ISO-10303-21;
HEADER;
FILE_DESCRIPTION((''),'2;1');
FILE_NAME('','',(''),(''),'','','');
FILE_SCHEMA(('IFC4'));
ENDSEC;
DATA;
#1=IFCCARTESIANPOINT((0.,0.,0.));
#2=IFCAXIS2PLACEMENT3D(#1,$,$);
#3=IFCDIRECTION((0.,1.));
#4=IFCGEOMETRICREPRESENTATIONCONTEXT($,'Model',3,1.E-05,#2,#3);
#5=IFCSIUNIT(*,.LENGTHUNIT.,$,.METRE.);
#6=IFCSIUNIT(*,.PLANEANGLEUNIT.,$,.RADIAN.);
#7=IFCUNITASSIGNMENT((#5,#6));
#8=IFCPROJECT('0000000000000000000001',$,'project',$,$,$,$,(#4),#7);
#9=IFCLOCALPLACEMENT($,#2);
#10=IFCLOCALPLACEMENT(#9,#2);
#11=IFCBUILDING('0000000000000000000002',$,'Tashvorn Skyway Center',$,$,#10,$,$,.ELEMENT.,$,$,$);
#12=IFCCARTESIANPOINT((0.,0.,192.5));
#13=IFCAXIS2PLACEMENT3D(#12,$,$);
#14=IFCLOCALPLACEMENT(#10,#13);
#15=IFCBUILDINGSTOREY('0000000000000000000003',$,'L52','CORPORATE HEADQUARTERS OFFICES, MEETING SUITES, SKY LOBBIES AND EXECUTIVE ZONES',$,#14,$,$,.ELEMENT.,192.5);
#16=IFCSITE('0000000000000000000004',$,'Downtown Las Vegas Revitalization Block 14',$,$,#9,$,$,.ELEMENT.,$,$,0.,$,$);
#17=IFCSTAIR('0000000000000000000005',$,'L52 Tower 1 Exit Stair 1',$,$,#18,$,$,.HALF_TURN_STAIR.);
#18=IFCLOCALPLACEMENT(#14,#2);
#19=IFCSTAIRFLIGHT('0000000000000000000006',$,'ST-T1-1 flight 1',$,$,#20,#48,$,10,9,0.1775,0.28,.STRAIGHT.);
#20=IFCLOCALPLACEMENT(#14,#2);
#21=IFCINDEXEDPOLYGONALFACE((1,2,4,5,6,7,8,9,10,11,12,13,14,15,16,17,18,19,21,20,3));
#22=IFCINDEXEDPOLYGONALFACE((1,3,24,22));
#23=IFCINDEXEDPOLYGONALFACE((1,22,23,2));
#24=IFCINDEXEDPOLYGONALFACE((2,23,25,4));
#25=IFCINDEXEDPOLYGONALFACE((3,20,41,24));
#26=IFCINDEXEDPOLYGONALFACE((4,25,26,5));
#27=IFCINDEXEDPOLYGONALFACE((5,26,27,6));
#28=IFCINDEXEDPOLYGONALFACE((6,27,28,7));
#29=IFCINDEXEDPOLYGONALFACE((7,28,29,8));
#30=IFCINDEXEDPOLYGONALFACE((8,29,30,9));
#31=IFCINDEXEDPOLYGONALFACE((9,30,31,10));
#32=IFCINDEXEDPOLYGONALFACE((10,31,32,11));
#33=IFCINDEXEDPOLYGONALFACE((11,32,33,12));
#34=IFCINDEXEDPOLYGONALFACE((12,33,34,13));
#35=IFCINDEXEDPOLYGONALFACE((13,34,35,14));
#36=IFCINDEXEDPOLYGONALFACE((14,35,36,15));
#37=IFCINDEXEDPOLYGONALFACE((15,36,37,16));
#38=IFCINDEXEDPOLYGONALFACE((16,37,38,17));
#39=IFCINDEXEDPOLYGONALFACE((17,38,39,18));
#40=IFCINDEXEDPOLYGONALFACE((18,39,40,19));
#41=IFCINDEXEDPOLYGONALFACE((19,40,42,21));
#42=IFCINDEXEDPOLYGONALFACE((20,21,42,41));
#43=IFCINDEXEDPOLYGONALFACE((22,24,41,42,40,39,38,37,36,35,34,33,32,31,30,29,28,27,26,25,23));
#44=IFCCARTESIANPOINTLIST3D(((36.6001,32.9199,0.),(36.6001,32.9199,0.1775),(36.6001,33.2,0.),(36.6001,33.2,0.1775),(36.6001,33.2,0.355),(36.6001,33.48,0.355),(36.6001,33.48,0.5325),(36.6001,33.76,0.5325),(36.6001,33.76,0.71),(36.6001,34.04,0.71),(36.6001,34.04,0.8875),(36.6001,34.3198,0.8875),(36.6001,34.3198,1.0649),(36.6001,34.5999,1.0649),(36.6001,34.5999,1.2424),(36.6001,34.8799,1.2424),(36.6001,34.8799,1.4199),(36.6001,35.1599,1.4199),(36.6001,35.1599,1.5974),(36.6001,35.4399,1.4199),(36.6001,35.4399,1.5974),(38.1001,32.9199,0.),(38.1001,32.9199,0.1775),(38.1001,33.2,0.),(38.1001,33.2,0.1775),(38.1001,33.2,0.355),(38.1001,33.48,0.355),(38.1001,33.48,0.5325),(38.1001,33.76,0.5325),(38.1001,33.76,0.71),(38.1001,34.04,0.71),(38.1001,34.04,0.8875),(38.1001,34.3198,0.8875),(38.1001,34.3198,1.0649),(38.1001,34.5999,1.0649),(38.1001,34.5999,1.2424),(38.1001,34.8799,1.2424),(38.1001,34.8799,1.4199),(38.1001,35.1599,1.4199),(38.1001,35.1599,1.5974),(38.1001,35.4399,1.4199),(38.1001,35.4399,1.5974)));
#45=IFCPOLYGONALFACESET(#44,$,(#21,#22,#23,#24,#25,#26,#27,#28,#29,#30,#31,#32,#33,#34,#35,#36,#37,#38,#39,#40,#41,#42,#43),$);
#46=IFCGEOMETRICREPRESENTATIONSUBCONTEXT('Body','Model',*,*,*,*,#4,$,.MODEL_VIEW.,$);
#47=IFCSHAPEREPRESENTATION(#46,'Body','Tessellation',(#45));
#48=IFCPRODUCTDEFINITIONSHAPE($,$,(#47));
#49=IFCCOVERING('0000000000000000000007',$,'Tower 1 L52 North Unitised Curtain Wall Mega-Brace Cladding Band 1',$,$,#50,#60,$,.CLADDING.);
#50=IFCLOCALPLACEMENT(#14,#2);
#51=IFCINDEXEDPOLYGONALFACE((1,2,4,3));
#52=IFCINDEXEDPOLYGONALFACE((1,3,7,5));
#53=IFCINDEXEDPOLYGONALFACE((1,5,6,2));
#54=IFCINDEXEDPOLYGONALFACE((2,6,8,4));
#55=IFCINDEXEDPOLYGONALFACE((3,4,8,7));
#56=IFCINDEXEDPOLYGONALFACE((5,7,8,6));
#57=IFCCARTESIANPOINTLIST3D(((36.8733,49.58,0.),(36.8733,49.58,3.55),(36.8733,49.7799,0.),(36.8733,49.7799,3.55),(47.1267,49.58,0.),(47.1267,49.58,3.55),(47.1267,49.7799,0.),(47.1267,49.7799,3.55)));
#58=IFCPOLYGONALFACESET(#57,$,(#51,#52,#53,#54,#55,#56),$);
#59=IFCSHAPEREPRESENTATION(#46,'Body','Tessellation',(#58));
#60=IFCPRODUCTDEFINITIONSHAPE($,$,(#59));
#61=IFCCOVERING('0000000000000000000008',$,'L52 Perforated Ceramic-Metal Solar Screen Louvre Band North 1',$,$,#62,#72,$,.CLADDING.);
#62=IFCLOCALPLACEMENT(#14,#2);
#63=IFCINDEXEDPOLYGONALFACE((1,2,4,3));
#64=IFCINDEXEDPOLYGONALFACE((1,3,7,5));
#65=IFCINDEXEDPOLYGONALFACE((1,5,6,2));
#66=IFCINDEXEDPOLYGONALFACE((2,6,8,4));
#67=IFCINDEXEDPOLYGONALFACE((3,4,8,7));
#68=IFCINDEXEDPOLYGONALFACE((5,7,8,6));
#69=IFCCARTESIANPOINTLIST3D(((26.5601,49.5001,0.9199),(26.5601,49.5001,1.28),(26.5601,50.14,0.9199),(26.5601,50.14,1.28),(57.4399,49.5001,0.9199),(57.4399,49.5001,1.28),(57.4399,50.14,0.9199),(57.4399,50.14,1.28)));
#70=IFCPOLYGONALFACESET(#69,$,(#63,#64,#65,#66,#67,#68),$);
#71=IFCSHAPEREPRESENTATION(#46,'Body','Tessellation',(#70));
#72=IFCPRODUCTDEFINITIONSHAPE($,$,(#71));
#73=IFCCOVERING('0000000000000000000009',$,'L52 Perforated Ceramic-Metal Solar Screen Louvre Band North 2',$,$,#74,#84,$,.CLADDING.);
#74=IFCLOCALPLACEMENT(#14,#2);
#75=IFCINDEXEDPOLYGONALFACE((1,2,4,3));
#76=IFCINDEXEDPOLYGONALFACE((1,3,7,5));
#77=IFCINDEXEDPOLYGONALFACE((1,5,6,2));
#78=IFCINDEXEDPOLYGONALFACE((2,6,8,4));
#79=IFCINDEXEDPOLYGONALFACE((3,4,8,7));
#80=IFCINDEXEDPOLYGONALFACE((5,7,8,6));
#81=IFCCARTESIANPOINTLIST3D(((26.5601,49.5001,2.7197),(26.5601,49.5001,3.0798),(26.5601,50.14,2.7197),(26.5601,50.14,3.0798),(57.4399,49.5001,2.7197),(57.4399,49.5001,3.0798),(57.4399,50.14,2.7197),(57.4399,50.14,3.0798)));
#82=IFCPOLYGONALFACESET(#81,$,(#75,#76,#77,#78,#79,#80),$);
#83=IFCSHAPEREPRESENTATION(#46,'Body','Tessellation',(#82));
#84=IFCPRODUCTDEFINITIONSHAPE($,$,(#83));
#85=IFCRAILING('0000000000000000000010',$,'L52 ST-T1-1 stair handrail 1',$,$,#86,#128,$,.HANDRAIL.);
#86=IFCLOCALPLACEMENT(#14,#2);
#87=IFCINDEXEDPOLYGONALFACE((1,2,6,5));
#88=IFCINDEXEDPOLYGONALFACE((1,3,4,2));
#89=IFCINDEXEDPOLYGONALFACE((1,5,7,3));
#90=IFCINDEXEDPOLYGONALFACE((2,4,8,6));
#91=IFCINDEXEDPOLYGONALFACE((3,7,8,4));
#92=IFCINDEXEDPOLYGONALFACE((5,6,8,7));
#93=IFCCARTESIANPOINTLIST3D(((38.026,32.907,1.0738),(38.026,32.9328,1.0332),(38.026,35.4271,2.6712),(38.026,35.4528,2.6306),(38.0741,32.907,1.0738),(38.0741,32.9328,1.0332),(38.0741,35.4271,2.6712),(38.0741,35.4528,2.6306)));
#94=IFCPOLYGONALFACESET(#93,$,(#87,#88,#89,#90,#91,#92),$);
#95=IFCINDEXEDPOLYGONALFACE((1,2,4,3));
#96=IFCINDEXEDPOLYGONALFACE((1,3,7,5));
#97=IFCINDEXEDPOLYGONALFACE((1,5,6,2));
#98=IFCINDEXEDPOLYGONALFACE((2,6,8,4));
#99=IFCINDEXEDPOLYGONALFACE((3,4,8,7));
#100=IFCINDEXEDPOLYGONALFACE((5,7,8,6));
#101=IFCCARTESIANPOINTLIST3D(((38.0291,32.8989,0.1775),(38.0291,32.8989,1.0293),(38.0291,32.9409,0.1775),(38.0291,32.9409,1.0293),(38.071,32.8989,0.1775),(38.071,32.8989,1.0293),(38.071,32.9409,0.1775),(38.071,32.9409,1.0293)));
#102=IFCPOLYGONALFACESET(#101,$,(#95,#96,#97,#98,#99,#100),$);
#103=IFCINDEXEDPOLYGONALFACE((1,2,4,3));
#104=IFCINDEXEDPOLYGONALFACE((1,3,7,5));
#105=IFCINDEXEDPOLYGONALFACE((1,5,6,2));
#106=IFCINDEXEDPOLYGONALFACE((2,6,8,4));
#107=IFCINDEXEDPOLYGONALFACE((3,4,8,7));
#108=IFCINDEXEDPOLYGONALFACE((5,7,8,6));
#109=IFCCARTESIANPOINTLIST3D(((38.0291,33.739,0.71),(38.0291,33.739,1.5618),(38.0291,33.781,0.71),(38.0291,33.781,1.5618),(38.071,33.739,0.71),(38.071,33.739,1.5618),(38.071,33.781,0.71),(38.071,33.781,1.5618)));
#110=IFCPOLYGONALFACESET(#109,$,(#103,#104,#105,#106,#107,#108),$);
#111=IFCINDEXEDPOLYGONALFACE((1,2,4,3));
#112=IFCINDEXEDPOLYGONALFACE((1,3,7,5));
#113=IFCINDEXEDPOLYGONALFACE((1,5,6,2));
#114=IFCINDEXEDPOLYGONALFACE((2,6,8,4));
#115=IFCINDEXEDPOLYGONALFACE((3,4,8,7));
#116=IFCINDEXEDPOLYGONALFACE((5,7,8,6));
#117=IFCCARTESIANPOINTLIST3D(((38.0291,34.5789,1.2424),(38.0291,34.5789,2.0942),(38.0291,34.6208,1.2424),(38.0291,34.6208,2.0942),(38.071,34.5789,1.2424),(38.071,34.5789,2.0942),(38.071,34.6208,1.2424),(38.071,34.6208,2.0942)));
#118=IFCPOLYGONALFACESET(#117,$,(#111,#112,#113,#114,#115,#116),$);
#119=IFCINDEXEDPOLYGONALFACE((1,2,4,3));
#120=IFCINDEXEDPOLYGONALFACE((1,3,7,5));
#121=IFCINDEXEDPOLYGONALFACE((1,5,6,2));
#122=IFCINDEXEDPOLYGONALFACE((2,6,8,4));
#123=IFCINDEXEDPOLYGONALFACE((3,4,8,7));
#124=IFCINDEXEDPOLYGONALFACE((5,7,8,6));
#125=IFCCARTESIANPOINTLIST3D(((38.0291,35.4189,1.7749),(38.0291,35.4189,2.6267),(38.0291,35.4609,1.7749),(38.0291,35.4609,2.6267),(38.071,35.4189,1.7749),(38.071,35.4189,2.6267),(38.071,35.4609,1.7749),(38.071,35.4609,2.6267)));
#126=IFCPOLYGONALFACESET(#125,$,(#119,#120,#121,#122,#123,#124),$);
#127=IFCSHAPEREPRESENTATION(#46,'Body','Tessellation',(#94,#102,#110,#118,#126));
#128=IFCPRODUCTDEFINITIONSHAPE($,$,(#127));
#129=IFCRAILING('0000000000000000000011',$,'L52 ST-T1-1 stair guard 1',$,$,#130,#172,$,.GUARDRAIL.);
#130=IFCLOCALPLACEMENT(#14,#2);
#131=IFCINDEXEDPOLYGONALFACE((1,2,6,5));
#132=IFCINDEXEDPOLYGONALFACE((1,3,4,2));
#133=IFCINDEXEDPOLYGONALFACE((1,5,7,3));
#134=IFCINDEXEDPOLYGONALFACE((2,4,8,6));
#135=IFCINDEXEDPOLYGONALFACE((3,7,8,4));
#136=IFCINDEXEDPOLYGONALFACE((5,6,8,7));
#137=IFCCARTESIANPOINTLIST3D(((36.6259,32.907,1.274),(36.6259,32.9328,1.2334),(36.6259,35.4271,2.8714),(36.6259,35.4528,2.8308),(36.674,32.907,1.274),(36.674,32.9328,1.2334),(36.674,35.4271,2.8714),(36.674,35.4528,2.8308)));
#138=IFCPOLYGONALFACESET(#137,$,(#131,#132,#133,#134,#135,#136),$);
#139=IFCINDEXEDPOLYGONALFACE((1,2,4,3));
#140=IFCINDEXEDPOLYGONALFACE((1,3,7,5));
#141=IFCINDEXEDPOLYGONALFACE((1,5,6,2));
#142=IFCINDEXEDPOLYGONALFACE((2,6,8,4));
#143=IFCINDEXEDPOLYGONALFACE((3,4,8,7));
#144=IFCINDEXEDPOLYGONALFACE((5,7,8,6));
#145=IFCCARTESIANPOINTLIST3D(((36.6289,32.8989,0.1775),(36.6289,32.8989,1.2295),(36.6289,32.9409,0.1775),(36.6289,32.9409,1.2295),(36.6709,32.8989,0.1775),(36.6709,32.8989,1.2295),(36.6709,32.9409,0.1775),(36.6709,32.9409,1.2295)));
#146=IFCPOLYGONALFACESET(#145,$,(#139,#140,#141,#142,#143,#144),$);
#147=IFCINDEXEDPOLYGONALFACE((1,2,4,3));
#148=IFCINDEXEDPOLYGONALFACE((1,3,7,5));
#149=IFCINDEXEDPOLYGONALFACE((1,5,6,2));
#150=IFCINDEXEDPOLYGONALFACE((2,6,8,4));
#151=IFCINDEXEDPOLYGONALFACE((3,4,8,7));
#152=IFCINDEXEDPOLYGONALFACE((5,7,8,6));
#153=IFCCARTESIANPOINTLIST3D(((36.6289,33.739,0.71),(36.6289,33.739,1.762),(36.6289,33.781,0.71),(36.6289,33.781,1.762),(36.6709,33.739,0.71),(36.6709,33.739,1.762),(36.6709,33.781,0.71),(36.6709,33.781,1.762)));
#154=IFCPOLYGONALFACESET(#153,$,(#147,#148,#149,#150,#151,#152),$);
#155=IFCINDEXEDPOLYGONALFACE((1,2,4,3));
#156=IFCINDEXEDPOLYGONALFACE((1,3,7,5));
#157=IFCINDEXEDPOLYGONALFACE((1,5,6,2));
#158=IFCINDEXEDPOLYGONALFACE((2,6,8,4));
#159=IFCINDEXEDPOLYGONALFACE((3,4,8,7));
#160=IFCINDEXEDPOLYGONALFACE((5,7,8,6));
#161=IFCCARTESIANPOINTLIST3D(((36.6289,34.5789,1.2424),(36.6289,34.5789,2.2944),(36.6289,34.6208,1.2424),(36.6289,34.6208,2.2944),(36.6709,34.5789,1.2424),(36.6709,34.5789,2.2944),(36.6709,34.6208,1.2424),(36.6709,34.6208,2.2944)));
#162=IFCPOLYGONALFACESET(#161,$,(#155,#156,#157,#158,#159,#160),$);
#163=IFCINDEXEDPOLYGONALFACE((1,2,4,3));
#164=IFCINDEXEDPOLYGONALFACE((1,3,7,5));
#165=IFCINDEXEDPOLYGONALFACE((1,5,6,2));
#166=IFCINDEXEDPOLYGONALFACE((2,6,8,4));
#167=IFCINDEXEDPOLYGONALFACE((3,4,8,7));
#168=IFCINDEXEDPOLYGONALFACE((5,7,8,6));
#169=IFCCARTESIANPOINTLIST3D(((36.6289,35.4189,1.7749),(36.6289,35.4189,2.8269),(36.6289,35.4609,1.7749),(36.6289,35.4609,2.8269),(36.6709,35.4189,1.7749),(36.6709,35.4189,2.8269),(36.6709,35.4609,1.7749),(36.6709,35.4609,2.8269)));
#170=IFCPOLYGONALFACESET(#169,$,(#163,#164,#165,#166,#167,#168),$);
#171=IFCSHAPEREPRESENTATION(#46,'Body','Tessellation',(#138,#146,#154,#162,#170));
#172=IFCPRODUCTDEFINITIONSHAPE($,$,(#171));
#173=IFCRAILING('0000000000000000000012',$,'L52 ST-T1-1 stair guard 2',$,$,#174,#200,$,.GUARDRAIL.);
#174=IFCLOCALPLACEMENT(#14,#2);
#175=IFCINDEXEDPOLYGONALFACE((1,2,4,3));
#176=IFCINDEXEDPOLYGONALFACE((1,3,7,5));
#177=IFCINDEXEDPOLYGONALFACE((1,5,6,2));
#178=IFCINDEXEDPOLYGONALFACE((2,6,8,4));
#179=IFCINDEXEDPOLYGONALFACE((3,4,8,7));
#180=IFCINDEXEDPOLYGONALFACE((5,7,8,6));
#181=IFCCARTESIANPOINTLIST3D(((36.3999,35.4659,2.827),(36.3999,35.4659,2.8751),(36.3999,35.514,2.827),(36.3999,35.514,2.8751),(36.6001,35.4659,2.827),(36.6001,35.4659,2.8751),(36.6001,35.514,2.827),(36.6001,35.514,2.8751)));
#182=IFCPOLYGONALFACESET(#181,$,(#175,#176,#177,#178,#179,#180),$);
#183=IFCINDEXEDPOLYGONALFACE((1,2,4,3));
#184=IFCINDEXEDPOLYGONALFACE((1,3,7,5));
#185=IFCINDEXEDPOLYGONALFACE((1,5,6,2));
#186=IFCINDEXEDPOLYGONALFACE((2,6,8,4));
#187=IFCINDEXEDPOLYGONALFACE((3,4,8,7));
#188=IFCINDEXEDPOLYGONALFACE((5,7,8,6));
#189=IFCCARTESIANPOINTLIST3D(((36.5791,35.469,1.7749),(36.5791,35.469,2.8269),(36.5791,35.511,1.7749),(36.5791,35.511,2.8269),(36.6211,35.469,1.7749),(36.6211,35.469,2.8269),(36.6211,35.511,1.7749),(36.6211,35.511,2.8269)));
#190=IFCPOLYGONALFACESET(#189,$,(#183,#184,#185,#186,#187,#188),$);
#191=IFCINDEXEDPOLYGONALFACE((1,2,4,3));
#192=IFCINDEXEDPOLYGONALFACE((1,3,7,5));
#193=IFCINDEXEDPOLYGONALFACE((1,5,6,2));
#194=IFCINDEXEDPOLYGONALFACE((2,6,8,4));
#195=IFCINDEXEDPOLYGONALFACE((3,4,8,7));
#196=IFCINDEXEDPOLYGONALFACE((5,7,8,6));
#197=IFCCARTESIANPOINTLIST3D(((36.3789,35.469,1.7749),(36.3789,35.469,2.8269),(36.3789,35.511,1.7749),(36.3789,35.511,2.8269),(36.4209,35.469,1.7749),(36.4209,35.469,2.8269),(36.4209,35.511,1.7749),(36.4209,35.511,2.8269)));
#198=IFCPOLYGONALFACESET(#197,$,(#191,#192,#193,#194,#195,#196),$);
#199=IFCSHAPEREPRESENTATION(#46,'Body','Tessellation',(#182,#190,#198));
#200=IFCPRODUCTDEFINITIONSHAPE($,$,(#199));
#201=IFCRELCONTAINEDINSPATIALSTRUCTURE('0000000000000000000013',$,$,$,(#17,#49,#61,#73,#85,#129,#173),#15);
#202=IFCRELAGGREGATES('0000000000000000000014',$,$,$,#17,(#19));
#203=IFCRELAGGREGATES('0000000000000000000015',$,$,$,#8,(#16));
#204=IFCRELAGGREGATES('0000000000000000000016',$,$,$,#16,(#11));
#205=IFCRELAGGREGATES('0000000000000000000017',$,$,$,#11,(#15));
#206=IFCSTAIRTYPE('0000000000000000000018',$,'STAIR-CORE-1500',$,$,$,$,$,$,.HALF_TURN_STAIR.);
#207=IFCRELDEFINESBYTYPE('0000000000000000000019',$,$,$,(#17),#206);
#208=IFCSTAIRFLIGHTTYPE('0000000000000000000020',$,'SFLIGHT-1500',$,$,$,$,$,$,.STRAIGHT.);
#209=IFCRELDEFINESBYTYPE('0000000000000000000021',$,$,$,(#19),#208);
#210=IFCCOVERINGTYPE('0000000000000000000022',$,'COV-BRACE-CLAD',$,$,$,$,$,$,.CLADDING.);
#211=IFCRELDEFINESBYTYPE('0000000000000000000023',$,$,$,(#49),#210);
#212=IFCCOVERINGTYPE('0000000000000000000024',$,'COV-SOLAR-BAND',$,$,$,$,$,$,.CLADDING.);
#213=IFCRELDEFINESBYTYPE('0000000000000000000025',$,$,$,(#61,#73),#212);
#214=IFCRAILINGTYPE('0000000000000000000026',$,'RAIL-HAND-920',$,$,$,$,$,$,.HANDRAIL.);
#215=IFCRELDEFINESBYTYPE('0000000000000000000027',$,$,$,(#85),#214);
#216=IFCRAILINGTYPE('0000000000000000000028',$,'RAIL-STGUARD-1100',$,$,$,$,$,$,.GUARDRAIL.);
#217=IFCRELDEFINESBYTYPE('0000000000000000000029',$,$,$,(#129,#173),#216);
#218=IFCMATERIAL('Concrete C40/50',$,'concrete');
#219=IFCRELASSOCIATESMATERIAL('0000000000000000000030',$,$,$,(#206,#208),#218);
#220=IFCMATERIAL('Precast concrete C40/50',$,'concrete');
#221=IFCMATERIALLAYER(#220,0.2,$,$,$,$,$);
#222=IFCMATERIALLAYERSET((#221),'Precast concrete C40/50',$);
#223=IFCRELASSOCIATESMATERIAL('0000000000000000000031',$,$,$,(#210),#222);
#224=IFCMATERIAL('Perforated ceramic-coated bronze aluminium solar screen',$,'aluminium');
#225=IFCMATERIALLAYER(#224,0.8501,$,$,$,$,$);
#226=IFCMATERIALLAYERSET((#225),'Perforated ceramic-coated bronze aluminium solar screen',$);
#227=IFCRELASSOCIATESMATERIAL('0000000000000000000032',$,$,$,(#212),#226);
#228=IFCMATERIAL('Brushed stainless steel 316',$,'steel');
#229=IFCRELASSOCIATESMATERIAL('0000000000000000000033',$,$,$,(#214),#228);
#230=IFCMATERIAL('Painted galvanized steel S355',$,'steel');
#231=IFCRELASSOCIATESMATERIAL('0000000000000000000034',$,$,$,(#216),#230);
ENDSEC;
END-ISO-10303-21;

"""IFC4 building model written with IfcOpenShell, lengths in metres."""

from ifc_helpers import new_model, si_unit, direction, frame, origin, origin_2d, place, context, subcontext, project, spatial, polyline, rectangle, outline, extrude, material, layer, layer_set, type_object, element, aggregate, save


model = new_model("IFC4")

# Units and contexts
model_context = context("Model", 3, precision=1e-05, world=origin(), true_north=direction((0.0, 1.0)))
body_context = subcontext(model_context, "Body", "Model", "MODEL_VIEW")
ifc_project = project(units=[si_unit("LENGTHUNIT", "METRE"), si_unit("PLANEANGLEUNIT", "RADIAN")], contexts=[model_context])

# Site, building, storey
site_placement = place(None, origin())
site = spatial("IfcSite", under=ifc_project, at=site_placement, Name="Downtown Las Vegas Revitalization Block 14", CompositionType="ELEMENT", RefElevation=0.0)
building_placement = place(site_placement, origin())
building = spatial("IfcBuilding", under=site, at=building_placement, Name="Tashvorn Skyway Center", CompositionType="ELEMENT")
storey_placement = place(building_placement, frame((0.0, 0.0, 192.5)))
storey = spatial("IfcBuildingStorey", under=building, at=storey_placement, Name="L52", Description="CORPORATE HEADQUARTERS OFFICES, MEETING SUITES, SKY LOBBIES AND EXECUTIVE ZONES", CompositionType="ELEMENT", Elevation=192.5)

# Shared definitions
ifc_material_1 = material(Name="Concrete C40/50", Category="concrete")

# Stair, stair flight
stair_type = type_object("IfcStairType", Name="STAIR-CORE-1500", PredefinedType="HALF_TURN_STAIR", material=ifc_material_1)
stair_placement = place(storey_placement, origin())
stair = element("IfcStair", 1, at=stair_placement, inside=storey, type_object=stair_type, Name="L52 Tower 1 Exit Stair 1", PredefinedType="HALF_TURN_STAIR")
stair_flight_type = type_object("IfcStairFlightType", Name="SFLIGHT-1500", PredefinedType="STRAIGHT", material=ifc_material_1)
stair_flight_placement = place(storey_placement, frame((37.3501, 32.9199, 0.0), z_axis=(0.0, 0.0, 1.0), x_axis=(0.0, 1.0, 0.0)))
stair_flight = element("IfcStairFlight", 2, at=stair_flight_placement, type_object=stair_flight_type, Name="ST-T1-1 flight 1", NumberOfRisers=10, NumberOfTreads=9, PredefinedType="STRAIGHT", RiserHeight=0.1775, TreadLength=0.28, context=body_context, shape_type="SweptSolid", body=[
    extrude(outline(polyline([(0.0, 0.0), (0.0, 0.1775), (0.28, 0.1775), (0.28, 0.355), (0.5601, 0.355), (0.5601, 0.5325), (0.8401, 0.5325), (0.8401, 0.71), (1.1201, 0.71), (1.1201, 0.8875), (1.3999, 0.8875), (1.3999, 1.0649), (1.6799, 1.0649), (1.6799, 1.2424), (1.96, 1.2424), (1.96, 1.4199), (2.24, 1.4199), (2.24, 1.5974), (2.52, 1.5974), (2.52, 1.7749), (2.52, 1.4199), (0.28, 0.0), (0.0, 0.0)])), frame((0.0, 0.75, 0.0), z_axis=(0.0, -1.0, 0.0), x_axis=(1.0, 0.0, 0.0)), (0.0, 0.0, 1.0), 1.5),
])
aggregate(stair, [stair_flight])

# Coverings
ifc_material_2 = material(Name="Precast concrete C40/50", Category="concrete")
ifc_layer_1 = layer(ifc_material_2, 0.2)
ifc_layer_set_1 = layer_set([ifc_layer_1], Name="Precast concrete C40/50")
covering_type_1 = type_object("IfcCoveringType", Name="COV-BRACE-CLAD", PredefinedType="CLADDING", material=ifc_layer_set_1)
covering_placement = place(storey_placement, frame((42.0, 49.6799, 0.0), z_axis=(0.0, 0.0, 1.0), x_axis=(1.0, 0.0, 0.0)))
element("IfcCovering", 3, at=covering_placement, inside=storey, type_object=covering_type_1, Name="Tower 1 L52 North Unitised Curtain Wall Mega-Brace Cladding Band 1", PredefinedType="CLADDING", context=body_context, shape_type="SweptSolid", body=[
    extrude(rectangle(XDim=10.2534, YDim=0.2, at=origin_2d()), origin(), (0.0, 0.0, 1.0), 3.55),
])
ifc_material_3 = material(Name="Perforated ceramic-coated bronze aluminium solar screen", Category="aluminium")
ifc_layer_2 = layer(ifc_material_3, 0.8501)
ifc_layer_set_2 = layer_set([ifc_layer_2], Name="Perforated ceramic-coated bronze aluminium solar screen")
covering_type_2 = type_object("IfcCoveringType", Name="COV-SOLAR-BAND", PredefinedType="CLADDING", material=ifc_layer_set_2)
for number, where, z_axis, x_axis, name in (
    (4, (42.0, 49.8201, 0.9199), (0.0, 0.0, 1.0), (1.0, 0.0, 0.0), "L52 Perforated Ceramic-Metal Solar Screen Louvre Band North 1"),
    (5, (42.0, 49.8201, 2.7197), (0.0, 0.0, 1.0), (1.0, 0.0, 0.0), "L52 Perforated Ceramic-Metal Solar Screen Louvre Band North 2"),
):
    element("IfcCovering", number, at=place(storey_placement, frame(where, z_axis=z_axis, x_axis=x_axis)), inside=storey, type_object=covering_type_2, Name=name, PredefinedType="CLADDING", context=body_context, shape_type="SweptSolid", body=[
        extrude(rectangle(XDim=30.8799, YDim=0.6399, at=origin_2d()), origin(), (0.0, 0.0, 1.0), 0.3601),
    ])

# Railings
ifc_material_4 = material(Name="Brushed stainless steel 316", Category="steel")
railing_type_1 = type_object("IfcRailingType", Name="RAIL-HAND-920", PredefinedType="HANDRAIL", material=ifc_material_4)
railing_1_placement = place(storey_placement, frame((38.05, 32.9199, 0.1775)))
element("IfcRailing", 6, at=railing_1_placement, inside=storey, type_object=railing_type_1, Name="L52 ST-T1-1 stair handrail 1", PredefinedType="HANDRAIL", context=body_context, shape_type="SweptSolid", body=[
    extrude(rectangle(XDim=0.0481, YDim=0.0481, at=origin_2d()), frame((0.0, 0.0, 0.876), z_axis=(0.0, 0.844607, 0.535387), x_axis=(-1.0, 0.0, 0.0)), (0.0, 0.0, 1.0), 2.9836),
    extrude(rectangle(XDim=0.042, YDim=0.042, at=origin_2d()), origin(), (0.0, 0.0, 1.0), 0.8518),
    extrude(rectangle(XDim=0.042, YDim=0.042, at=origin_2d()), frame((0.0, 0.8401, 0.5325)), (0.0, 0.0, 1.0), 0.8518),
    extrude(rectangle(XDim=0.042, YDim=0.042, at=origin_2d()), frame((0.0, 1.6799, 1.0649)), (0.0, 0.0, 1.0), 0.8518),
    extrude(rectangle(XDim=0.042, YDim=0.042, at=origin_2d()), frame((0.0, 2.52, 1.5974)), (0.0, 0.0, 1.0), 0.8518),
])
ifc_material_5 = material(Name="Painted galvanized steel S355", Category="steel")
railing_type_2 = type_object("IfcRailingType", Name="RAIL-STGUARD-1100", PredefinedType="GUARDRAIL", material=ifc_material_5)
railing_2_placement = place(storey_placement, frame((36.6499, 32.9199, 0.1775)))
element("IfcRailing", 7, at=railing_2_placement, inside=storey, type_object=railing_type_2, Name="L52 ST-T1-1 stair guard 1", PredefinedType="GUARDRAIL", context=body_context, shape_type="SweptSolid", body=[
    extrude(rectangle(XDim=0.0481, YDim=0.0481, at=origin_2d()), frame((0.0, 0.0, 1.0762), z_axis=(0.0, 0.844607, 0.535387), x_axis=(-1.0, 0.0, 0.0)), (0.0, 0.0, 1.0), 2.9836),
    extrude(rectangle(XDim=0.042, YDim=0.042, at=origin_2d()), origin(), (0.0, 0.0, 1.0), 1.052),
    extrude(rectangle(XDim=0.042, YDim=0.042, at=origin_2d()), frame((0.0, 0.8401, 0.5325)), (0.0, 0.0, 1.0), 1.052),
    extrude(rectangle(XDim=0.042, YDim=0.042, at=origin_2d()), frame((0.0, 1.6799, 1.0649)), (0.0, 0.0, 1.0), 1.052),
    extrude(rectangle(XDim=0.042, YDim=0.042, at=origin_2d()), frame((0.0, 2.52, 1.5974)), (0.0, 0.0, 1.0), 1.052),
])
for number, where, name in (
    (8, (36.6001, 35.49, 1.7749), "L52 ST-T1-1 stair guard 2"),
):
    element("IfcRailing", number, at=place(storey_placement, frame(where)), inside=storey, type_object=railing_type_2, Name=name, PredefinedType="GUARDRAIL", context=body_context, shape_type="SweptSolid", body=[
        extrude(rectangle(XDim=0.0481, YDim=0.0481, at=origin_2d()), frame((0.0, 0.0, 1.0762), z_axis=(-1.0, 0.0, 0.0), x_axis=(0.0, -1.0, 0.0)), (0.0, 0.0, 1.0), 0.2002),
        extrude(rectangle(XDim=0.042, YDim=0.042, at=origin_2d()), origin(), (0.0, 0.0, 1.0), 1.052),
        extrude(rectangle(XDim=0.042, YDim=0.042, at=origin_2d()), frame((-0.2002, 0.0, 0.0)), (0.0, 0.0, 1.0), 1.052),
    ])

save(model, "model.ifc")
